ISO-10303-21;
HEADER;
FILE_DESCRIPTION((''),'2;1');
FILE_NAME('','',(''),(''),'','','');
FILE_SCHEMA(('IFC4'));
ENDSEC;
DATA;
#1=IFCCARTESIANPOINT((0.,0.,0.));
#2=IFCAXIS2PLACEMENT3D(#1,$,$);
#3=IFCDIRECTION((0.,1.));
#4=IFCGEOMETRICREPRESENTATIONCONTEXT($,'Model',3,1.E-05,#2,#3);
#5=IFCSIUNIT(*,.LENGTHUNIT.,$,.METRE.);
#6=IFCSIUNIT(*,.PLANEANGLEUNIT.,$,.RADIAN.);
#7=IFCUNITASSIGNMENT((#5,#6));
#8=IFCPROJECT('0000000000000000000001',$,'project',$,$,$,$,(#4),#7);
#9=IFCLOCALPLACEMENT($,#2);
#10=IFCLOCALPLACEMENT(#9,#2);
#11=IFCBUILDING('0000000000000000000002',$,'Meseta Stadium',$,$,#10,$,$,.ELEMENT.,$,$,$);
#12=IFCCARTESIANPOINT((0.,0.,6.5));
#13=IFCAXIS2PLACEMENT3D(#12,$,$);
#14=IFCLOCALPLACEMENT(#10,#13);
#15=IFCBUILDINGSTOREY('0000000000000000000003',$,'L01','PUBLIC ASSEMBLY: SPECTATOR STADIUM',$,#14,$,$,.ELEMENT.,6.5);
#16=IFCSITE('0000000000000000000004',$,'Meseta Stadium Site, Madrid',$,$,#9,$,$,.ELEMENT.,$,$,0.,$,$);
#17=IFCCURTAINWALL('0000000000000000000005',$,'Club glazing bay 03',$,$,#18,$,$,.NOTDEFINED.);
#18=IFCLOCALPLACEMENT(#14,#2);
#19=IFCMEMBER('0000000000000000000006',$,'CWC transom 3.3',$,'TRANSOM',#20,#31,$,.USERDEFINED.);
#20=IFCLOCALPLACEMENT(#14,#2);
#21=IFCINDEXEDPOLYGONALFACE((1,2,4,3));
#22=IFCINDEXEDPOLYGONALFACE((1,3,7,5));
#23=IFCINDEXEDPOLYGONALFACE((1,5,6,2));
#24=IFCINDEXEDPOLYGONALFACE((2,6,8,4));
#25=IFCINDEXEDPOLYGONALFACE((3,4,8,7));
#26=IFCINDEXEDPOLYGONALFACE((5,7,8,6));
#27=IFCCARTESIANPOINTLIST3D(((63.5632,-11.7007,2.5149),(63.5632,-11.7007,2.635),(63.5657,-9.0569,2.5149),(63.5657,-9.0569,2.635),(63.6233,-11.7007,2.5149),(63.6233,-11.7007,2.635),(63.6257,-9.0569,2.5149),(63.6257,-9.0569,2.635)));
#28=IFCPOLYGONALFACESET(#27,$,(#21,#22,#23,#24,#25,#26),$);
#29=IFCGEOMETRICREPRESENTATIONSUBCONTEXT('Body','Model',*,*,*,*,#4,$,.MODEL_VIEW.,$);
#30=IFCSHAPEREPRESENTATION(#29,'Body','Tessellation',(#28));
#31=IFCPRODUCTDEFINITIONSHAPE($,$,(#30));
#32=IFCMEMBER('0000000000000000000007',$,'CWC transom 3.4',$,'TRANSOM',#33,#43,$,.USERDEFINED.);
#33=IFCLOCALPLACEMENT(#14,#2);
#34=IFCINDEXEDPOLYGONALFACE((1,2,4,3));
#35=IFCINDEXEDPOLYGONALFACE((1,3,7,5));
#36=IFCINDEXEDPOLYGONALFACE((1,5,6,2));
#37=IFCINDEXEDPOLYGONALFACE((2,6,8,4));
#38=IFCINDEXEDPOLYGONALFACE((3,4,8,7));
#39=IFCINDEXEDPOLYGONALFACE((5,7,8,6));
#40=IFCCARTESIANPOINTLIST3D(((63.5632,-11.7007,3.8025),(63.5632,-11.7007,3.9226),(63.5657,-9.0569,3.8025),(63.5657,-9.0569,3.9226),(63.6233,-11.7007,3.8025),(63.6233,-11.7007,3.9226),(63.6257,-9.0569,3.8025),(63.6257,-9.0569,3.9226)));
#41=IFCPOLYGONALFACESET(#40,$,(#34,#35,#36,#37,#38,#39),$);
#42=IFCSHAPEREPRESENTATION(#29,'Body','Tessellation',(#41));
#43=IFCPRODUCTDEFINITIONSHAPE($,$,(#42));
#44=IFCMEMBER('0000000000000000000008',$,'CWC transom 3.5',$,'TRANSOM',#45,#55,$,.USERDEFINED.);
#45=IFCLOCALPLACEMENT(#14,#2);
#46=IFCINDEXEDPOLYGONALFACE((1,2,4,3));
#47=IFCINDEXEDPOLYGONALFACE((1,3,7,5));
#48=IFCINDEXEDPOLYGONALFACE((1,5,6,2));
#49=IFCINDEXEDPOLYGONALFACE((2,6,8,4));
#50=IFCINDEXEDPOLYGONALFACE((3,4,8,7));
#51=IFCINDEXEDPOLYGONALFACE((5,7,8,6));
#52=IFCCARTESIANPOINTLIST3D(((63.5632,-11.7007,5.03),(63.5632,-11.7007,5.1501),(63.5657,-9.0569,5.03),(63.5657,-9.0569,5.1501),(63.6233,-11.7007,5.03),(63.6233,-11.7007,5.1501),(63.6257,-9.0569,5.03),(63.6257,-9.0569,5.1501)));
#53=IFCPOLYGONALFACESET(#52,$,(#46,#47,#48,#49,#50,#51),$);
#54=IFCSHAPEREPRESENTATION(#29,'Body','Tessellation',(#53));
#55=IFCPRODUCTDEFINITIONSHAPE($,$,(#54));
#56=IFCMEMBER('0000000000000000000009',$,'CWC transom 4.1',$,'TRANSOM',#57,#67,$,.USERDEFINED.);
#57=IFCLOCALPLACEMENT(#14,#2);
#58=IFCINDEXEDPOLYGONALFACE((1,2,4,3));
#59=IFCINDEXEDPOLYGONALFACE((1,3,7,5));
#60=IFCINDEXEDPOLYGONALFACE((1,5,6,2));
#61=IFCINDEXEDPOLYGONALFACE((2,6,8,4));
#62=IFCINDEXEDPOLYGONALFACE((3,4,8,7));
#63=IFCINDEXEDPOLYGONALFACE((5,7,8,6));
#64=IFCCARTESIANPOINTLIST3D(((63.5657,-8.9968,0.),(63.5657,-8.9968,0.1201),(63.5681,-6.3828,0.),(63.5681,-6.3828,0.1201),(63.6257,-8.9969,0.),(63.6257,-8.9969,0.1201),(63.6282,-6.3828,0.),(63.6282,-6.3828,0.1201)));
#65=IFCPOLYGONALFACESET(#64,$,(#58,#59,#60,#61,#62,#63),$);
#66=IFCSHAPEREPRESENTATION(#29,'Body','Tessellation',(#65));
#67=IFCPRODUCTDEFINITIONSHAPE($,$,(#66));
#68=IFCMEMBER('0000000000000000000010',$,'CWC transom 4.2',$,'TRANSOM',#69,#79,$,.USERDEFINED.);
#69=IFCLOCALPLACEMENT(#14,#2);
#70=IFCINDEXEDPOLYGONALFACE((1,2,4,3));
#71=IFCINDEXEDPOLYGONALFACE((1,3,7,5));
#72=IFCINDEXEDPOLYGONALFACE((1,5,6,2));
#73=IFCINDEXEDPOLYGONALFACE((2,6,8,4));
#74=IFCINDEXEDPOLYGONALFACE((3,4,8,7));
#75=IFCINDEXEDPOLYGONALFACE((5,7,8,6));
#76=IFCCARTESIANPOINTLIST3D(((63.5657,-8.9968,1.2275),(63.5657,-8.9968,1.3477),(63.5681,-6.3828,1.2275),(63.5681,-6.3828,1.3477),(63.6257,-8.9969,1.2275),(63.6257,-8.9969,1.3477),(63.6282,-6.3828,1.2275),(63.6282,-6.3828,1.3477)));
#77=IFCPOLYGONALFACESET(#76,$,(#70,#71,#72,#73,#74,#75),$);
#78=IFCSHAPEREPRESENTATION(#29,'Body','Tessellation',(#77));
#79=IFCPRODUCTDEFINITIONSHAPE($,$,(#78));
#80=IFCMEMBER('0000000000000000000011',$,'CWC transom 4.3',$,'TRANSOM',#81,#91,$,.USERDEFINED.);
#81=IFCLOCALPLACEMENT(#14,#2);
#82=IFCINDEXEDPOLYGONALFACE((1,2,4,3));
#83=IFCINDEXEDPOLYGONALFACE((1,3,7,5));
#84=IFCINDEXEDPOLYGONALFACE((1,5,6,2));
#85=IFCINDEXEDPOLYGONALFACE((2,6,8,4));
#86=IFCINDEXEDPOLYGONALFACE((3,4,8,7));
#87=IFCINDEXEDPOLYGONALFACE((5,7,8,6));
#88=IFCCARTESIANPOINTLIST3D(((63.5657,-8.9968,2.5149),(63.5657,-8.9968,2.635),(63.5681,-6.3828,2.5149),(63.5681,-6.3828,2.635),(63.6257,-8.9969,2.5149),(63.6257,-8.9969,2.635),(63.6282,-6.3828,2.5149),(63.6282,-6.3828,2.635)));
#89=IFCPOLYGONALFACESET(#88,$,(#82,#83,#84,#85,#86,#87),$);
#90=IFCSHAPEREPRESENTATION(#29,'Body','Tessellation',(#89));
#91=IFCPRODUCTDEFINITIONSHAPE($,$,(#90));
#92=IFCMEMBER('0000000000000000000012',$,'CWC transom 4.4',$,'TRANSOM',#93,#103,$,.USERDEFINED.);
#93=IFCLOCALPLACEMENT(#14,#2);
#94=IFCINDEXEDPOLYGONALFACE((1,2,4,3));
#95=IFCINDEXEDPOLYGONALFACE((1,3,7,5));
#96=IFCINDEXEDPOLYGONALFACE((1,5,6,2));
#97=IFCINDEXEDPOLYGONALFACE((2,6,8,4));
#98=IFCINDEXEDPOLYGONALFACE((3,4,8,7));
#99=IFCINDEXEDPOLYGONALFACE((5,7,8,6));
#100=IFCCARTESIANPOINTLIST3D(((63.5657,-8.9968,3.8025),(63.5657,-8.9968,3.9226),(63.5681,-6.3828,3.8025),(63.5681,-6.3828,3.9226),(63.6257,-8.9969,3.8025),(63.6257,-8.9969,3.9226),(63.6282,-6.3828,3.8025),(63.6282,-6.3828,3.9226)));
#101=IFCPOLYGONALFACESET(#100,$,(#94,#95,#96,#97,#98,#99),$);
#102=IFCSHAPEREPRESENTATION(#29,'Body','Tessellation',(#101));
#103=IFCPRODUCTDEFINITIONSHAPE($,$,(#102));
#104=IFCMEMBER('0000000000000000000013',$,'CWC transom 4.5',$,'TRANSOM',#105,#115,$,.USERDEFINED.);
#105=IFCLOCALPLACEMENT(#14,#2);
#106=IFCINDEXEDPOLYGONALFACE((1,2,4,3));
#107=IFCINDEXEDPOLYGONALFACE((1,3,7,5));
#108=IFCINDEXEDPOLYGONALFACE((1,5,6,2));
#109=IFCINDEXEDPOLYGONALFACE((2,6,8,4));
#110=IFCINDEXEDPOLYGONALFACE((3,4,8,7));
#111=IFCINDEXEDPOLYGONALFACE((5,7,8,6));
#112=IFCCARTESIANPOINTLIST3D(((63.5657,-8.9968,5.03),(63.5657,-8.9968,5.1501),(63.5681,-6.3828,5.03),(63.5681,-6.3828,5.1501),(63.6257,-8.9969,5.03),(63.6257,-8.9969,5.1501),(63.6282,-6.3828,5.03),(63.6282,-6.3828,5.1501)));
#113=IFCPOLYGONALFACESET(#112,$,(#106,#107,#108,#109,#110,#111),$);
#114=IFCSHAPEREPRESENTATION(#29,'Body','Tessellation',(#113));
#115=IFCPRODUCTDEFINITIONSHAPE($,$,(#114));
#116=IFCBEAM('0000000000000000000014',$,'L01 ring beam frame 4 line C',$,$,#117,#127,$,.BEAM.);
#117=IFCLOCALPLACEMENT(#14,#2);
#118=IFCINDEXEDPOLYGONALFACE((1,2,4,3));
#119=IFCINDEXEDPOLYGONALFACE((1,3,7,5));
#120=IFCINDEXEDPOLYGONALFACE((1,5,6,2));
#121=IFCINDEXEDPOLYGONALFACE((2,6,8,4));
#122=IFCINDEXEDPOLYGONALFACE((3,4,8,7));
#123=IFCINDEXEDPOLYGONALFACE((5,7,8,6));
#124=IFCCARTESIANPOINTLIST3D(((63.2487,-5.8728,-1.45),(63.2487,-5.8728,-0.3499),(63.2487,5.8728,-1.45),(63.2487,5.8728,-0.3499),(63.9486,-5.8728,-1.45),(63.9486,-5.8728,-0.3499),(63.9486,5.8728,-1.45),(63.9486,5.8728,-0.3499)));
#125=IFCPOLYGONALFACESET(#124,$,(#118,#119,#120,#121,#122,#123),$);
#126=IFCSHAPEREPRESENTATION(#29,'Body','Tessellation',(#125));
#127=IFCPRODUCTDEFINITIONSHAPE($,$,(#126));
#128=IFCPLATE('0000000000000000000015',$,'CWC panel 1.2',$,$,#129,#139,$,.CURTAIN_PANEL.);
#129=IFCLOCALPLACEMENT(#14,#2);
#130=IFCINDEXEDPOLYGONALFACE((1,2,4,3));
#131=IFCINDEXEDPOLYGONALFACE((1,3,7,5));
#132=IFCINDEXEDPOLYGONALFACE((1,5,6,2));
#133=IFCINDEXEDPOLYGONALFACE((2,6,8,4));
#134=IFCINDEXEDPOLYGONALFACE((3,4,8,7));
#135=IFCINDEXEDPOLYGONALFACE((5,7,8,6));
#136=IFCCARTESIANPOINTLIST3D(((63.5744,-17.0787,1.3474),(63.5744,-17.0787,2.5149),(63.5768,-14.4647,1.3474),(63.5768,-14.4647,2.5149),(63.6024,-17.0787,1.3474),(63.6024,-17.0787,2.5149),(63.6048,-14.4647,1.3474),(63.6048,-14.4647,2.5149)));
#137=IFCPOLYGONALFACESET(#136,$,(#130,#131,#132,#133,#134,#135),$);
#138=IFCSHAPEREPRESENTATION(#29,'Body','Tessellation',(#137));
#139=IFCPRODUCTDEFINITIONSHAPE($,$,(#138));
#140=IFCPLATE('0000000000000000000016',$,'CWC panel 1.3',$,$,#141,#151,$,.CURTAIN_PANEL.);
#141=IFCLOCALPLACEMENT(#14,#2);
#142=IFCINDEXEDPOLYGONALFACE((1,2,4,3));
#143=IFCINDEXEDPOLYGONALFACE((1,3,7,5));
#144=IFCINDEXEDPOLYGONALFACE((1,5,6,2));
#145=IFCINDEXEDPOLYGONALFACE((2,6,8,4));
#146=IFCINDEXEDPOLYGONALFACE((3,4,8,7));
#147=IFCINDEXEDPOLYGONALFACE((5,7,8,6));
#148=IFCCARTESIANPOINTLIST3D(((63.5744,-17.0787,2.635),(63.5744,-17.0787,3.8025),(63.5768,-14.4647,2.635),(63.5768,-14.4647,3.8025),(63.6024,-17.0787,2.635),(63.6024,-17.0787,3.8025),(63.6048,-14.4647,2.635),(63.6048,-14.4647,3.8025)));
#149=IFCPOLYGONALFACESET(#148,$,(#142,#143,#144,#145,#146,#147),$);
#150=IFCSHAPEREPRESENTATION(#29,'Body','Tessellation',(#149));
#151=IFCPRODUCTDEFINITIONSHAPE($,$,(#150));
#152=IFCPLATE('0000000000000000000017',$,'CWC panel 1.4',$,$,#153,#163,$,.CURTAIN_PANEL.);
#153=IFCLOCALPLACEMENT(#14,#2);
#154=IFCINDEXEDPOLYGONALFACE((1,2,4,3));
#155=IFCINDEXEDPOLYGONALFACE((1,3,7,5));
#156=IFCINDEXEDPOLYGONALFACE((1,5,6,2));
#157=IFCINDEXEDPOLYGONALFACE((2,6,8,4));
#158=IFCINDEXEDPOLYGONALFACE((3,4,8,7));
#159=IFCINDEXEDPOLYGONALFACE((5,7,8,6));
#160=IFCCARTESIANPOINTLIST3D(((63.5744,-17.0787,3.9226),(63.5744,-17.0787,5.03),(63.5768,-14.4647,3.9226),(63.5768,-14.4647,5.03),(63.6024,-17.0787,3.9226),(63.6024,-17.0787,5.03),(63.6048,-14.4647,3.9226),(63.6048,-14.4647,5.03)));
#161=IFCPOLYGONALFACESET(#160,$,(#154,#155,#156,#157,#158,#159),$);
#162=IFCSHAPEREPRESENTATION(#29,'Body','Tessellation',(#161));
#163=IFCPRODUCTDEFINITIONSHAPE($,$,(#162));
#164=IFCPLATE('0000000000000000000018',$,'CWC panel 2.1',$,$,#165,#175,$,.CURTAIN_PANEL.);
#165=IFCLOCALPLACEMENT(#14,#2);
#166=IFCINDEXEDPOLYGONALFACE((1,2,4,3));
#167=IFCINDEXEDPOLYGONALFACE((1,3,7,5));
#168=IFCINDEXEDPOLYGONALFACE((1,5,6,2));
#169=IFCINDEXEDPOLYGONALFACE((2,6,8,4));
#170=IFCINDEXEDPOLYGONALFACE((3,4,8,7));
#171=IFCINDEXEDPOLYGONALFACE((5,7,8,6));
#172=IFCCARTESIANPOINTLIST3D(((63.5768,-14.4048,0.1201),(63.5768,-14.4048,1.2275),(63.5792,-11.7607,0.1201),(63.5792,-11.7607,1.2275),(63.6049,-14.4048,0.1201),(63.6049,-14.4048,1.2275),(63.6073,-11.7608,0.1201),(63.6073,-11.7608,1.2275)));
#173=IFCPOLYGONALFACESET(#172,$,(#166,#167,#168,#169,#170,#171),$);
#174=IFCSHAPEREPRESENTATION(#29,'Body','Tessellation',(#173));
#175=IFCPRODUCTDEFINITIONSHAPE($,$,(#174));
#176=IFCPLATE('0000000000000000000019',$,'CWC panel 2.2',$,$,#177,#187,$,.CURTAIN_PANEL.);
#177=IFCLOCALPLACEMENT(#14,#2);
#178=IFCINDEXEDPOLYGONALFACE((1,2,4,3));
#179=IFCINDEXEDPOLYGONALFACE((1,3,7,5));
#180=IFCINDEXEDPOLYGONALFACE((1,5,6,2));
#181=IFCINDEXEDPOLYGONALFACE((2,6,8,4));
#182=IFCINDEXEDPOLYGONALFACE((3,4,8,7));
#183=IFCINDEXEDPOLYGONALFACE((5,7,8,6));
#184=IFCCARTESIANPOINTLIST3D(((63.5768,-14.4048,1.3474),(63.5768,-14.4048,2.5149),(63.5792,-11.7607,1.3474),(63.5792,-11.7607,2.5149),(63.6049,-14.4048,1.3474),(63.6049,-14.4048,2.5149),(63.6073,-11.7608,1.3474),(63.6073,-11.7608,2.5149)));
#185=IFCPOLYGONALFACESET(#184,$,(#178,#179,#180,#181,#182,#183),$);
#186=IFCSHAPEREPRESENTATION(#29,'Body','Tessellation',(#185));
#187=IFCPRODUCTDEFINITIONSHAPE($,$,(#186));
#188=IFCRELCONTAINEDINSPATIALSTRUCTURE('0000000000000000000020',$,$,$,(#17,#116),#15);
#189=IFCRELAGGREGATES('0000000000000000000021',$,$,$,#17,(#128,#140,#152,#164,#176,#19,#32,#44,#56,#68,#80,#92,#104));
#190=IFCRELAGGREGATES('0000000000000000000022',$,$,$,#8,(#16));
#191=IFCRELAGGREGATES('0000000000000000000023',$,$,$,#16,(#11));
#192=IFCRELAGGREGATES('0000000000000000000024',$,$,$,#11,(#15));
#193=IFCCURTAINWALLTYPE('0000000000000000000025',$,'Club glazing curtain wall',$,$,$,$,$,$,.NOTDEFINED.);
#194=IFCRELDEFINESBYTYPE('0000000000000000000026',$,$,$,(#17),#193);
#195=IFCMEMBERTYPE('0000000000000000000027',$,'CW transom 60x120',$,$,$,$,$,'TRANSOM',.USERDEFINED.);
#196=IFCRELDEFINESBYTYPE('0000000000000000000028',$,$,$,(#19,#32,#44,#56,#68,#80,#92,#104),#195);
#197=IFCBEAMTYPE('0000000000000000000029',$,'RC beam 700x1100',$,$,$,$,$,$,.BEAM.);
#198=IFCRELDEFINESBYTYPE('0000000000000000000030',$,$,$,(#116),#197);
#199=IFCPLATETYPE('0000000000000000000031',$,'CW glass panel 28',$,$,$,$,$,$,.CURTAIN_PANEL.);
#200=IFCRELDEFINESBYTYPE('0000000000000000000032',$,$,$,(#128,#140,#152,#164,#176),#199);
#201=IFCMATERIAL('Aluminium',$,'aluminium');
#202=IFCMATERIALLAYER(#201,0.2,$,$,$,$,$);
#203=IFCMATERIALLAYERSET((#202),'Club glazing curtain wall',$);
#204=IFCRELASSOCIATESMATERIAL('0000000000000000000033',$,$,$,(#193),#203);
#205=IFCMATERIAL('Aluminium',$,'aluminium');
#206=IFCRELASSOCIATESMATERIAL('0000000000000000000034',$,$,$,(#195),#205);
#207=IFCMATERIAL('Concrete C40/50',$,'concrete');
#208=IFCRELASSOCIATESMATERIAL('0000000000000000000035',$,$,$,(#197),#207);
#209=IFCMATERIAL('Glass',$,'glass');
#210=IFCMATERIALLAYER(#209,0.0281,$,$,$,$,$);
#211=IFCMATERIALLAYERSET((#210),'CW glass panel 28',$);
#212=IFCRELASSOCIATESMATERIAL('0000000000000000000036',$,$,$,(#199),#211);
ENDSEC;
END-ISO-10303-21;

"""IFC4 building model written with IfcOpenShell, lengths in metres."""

from ifc_helpers import new_model, si_unit, direction, frame, origin, origin_2d, place, context, subcontext, project, spatial, rectangle, extrude, material, layer, layer_set, material_profile, profile_set, type_object, element, aggregate, save


model = new_model("IFC4")

# Units and contexts
model_context = context("Model", 3, precision=1e-05, world=origin(), true_north=direction((0.0, 1.0)))
body_context = subcontext(model_context, "Body", "Model", "MODEL_VIEW")
ifc_project = project(units=[si_unit("LENGTHUNIT", "METRE"), si_unit("PLANEANGLEUNIT", "RADIAN")], contexts=[model_context])

# Site, building, storey
site_placement = place(None, origin())
site = spatial("IfcSite", under=ifc_project, at=site_placement, Name="Meseta Stadium Site, Madrid", CompositionType="ELEMENT", RefElevation=0.0)
building_placement = place(site_placement, origin())
building = spatial("IfcBuilding", under=site, at=building_placement, Name="Meseta Stadium", CompositionType="ELEMENT")
storey_placement = place(building_placement, frame((0.0, 0.0, 6.5)))
storey = spatial("IfcBuildingStorey", under=building, at=storey_placement, Name="L01", Description="PUBLIC ASSEMBLY: SPECTATOR STADIUM", CompositionType="ELEMENT", Elevation=6.5)

# Curtain wall, members
ifc_material_1 = material(Name="Aluminium", Category="aluminium")
ifc_layer_1 = layer(ifc_material_1, 0.2)
ifc_layer_set_1 = layer_set([ifc_layer_1], Name="Club glazing curtain wall")
curtain_wall_type = type_object("IfcCurtainWallType", Name="Club glazing curtain wall", PredefinedType="NOTDEFINED", material=ifc_layer_set_1)
curtain_wall_placement = place(storey_placement, origin())
curtain_wall = element("IfcCurtainWall", 1, at=curtain_wall_placement, inside=storey, type_object=curtain_wall_type, Name="Club glazing bay 03", PredefinedType="NOTDEFINED")
ifc_material_2 = material(Name="Aluminium", Category="aluminium")
ifc_material_profile_1 = material_profile(ifc_material_2, rectangle(XDim=0.0601, YDim=0.1201, at=origin_2d()), Name="CW 60x120")
ifc_profile_set_1 = profile_set([ifc_material_profile_1], Name="Aluminium")
member_type_1 = type_object("IfcMemberType", Name="CW transom 60x120", ElementType="TRANSOM", PredefinedType="USERDEFINED", material=ifc_profile_set_1)
member_1_placement = place(storey_placement, frame((63.5933, -11.7007, 2.575), z_axis=(0.000923, 1.0, 0.0), x_axis=(-1.0, 0.000923, 0.0)))
member_1 = element("IfcMember", 2, at=member_1_placement, type_object=member_type_1, Name="CWC transom 3.3", ObjectType="TRANSOM", PredefinedType="USERDEFINED", context=body_context, shape_type="SweptSolid", body=[
    extrude(rectangle(XDim=0.0601, YDim=0.1201, at=origin_2d()), origin(), (0.0, 0.0, 1.0), 2.6438),
])
member_2_placement = place(storey_placement, frame((63.5933, -11.7007, 3.8625), z_axis=(0.000923, 1.0, 0.0), x_axis=(-1.0, 0.000923, 0.0)))
member_2 = element("IfcMember", 3, at=member_2_placement, type_object=member_type_1, Name="CWC transom 3.4", ObjectType="TRANSOM", PredefinedType="USERDEFINED", context=body_context, shape_type="SweptSolid", body=[
    extrude(rectangle(XDim=0.0601, YDim=0.1201, at=origin_2d()), origin(), (0.0, 0.0, 1.0), 2.6438),
])
member_3_placement = place(storey_placement, frame((63.5933, -11.7007, 5.0901), z_axis=(0.000923, 1.0, 0.0), x_axis=(-1.0, 0.000923, 0.0)))
member_3 = element("IfcMember", 4, at=member_3_placement, type_object=member_type_1, Name="CWC transom 3.5", ObjectType="TRANSOM", PredefinedType="USERDEFINED", context=body_context, shape_type="SweptSolid", body=[
    extrude(rectangle(XDim=0.0601, YDim=0.1201, at=origin_2d()), origin(), (0.0, 0.0, 1.0), 2.6438),
])
member_4_placement = place(storey_placement, frame((63.5957, -8.9968, 0.0601), z_axis=(0.000934, 1.0, 0.0), x_axis=(-1.0, 0.000934, 0.0)))
member_4 = element("IfcMember", 5, at=member_4_placement, type_object=member_type_1, Name="CWC transom 4.1", ObjectType="TRANSOM", PredefinedType="USERDEFINED", context=body_context, shape_type="SweptSolid", body=[
    extrude(rectangle(XDim=0.0601, YDim=0.1201, at=origin_2d()), origin(), (0.0, 0.0, 1.0), 2.614),
])
member_5_placement = place(storey_placement, frame((63.5957, -8.9968, 1.2876), z_axis=(0.000934, 1.0, 0.0), x_axis=(-1.0, 0.000934, 0.0)))
member_5 = element("IfcMember", 6, at=member_5_placement, type_object=member_type_1, Name="CWC transom 4.2", ObjectType="TRANSOM", PredefinedType="USERDEFINED", context=body_context, shape_type="SweptSolid", body=[
    extrude(rectangle(XDim=0.0601, YDim=0.1201, at=origin_2d()), origin(), (0.0, 0.0, 1.0), 2.614),
])
member_6_placement = place(storey_placement, frame((63.5957, -8.9968, 2.575), z_axis=(0.000934, 1.0, 0.0), x_axis=(-1.0, 0.000934, 0.0)))
member_6 = element("IfcMember", 7, at=member_6_placement, type_object=member_type_1, Name="CWC transom 4.3", ObjectType="TRANSOM", PredefinedType="USERDEFINED", context=body_context, shape_type="SweptSolid", body=[
    extrude(rectangle(XDim=0.0601, YDim=0.1201, at=origin_2d()), origin(), (0.0, 0.0, 1.0), 2.614),
])
member_7_placement = place(storey_placement, frame((63.5957, -8.9968, 3.8625), z_axis=(0.000934, 1.0, 0.0), x_axis=(-1.0, 0.000934, 0.0)))
member_7 = element("IfcMember", 8, at=member_7_placement, type_object=member_type_1, Name="CWC transom 4.4", ObjectType="TRANSOM", PredefinedType="USERDEFINED", context=body_context, shape_type="SweptSolid", body=[
    extrude(rectangle(XDim=0.0601, YDim=0.1201, at=origin_2d()), origin(), (0.0, 0.0, 1.0), 2.614),
])
member_8_placement = place(storey_placement, frame((63.5957, -8.9968, 5.0901), z_axis=(0.000934, 1.0, 0.0), x_axis=(-1.0, 0.000934, 0.0)))
member_8 = element("IfcMember", 9, at=member_8_placement, type_object=member_type_1, Name="CWC transom 4.5", ObjectType="TRANSOM", PredefinedType="USERDEFINED", context=body_context, shape_type="SweptSolid", body=[
    extrude(rectangle(XDim=0.0601, YDim=0.1201, at=origin_2d()), origin(), (0.0, 0.0, 1.0), 2.614),
])

# Beam
ifc_material_3 = material(Name="Concrete C40/50", Category="concrete")
ifc_material_profile_2 = material_profile(ifc_material_3, rectangle(XDim=0.7, YDim=1.1001, at=origin_2d()), Name="RC 700x1100")
ifc_profile_set_2 = profile_set([ifc_material_profile_2], Name="Concrete C40/50")
beam_type = type_object("IfcBeamType", Name="RC beam 700x1100", PredefinedType="BEAM", material=ifc_profile_set_2)
beam_placement = place(storey_placement, frame((63.5986, -5.8728, -0.8999), z_axis=(0.0, 1.0, 0.0), x_axis=(-1.0, 0.0, 0.0)))
element("IfcBeam", 10, at=beam_placement, inside=storey, type_object=beam_type, Name="L01 ring beam frame 4 line C", PredefinedType="BEAM", context=body_context, shape_type="SweptSolid", body=[
    extrude(rectangle(XDim=0.7, YDim=1.1001, at=origin_2d()), origin(), (0.0, 0.0, 1.0), 11.7456),
])

# Plates
ifc_material_4 = material(Name="Glass", Category="glass")
ifc_layer_2 = layer(ifc_material_4, 0.0281)
ifc_layer_set_2 = layer_set([ifc_layer_2], Name="CW glass panel 28")
plate_type = type_object("IfcPlateType", Name="CW glass panel 28", PredefinedType="CURTAIN_PANEL", material=ifc_layer_set_2)
plate_1_placement = place(storey_placement, frame((63.5896, -15.7717, 1.3474), z_axis=(0.0, 0.0, 1.0), x_axis=(0.000925, 1.0, 0.0)))
plate_1 = element("IfcPlate", 11, at=plate_1_placement, type_object=plate_type, Name="CWC panel 1.2", PredefinedType="CURTAIN_PANEL", context=body_context, shape_type="SweptSolid", body=[
    extrude(rectangle(XDim=2.614, YDim=0.0281, at=origin_2d()), origin(), (0.0, 0.0, 1.0), 1.1675),
])
plate_2_placement = place(storey_placement, frame((63.5896, -15.7717, 2.635), z_axis=(0.0, 0.0, 1.0), x_axis=(0.000925, 1.0, 0.0)))
plate_2 = element("IfcPlate", 12, at=plate_2_placement, type_object=plate_type, Name="CWC panel 1.3", PredefinedType="CURTAIN_PANEL", context=body_context, shape_type="SweptSolid", body=[
    extrude(rectangle(XDim=2.614, YDim=0.0281, at=origin_2d()), origin(), (0.0, 0.0, 1.0), 1.1675),
])
plate_3_placement = place(storey_placement, frame((63.5896, -15.7717, 3.9226), z_axis=(0.0, 0.0, 1.0), x_axis=(0.000925, 1.0, 0.0)))
plate_3 = element("IfcPlate", 13, at=plate_3_placement, type_object=plate_type, Name="CWC panel 1.4", PredefinedType="CURTAIN_PANEL", context=body_context, shape_type="SweptSolid", body=[
    extrude(rectangle(XDim=2.614, YDim=0.0281, at=origin_2d()), origin(), (0.0, 0.0, 1.0), 1.1074),
])
plate_4_placement = place(storey_placement, frame((63.592, -13.0828, 0.1201), z_axis=(0.0, 0.0, 1.0), x_axis=(0.000925, 1.0, 0.0)))
plate_4 = element("IfcPlate", 14, at=plate_4_placement, type_object=plate_type, Name="CWC panel 2.1", PredefinedType="CURTAIN_PANEL", context=body_context, shape_type="SweptSolid", body=[
    extrude(rectangle(XDim=2.644, YDim=0.0281, at=origin_2d()), origin(), (0.0, 0.0, 1.0), 1.1074),
])
plate_5_placement = place(storey_placement, frame((63.592, -13.0828, 1.3474), z_axis=(0.0, 0.0, 1.0), x_axis=(0.000925, 1.0, 0.0)))
plate_5 = element("IfcPlate", 15, at=plate_5_placement, type_object=plate_type, Name="CWC panel 2.2", PredefinedType="CURTAIN_PANEL", context=body_context, shape_type="SweptSolid", body=[
    extrude(rectangle(XDim=2.644, YDim=0.0281, at=origin_2d()), origin(), (0.0, 0.0, 1.0), 1.1675),
])
aggregate(curtain_wall, [plate_1, plate_2, plate_3, plate_4, plate_5, member_1, member_2, member_3, member_4, member_5, member_6, member_7, member_8])

save(model, "model.ifc")
